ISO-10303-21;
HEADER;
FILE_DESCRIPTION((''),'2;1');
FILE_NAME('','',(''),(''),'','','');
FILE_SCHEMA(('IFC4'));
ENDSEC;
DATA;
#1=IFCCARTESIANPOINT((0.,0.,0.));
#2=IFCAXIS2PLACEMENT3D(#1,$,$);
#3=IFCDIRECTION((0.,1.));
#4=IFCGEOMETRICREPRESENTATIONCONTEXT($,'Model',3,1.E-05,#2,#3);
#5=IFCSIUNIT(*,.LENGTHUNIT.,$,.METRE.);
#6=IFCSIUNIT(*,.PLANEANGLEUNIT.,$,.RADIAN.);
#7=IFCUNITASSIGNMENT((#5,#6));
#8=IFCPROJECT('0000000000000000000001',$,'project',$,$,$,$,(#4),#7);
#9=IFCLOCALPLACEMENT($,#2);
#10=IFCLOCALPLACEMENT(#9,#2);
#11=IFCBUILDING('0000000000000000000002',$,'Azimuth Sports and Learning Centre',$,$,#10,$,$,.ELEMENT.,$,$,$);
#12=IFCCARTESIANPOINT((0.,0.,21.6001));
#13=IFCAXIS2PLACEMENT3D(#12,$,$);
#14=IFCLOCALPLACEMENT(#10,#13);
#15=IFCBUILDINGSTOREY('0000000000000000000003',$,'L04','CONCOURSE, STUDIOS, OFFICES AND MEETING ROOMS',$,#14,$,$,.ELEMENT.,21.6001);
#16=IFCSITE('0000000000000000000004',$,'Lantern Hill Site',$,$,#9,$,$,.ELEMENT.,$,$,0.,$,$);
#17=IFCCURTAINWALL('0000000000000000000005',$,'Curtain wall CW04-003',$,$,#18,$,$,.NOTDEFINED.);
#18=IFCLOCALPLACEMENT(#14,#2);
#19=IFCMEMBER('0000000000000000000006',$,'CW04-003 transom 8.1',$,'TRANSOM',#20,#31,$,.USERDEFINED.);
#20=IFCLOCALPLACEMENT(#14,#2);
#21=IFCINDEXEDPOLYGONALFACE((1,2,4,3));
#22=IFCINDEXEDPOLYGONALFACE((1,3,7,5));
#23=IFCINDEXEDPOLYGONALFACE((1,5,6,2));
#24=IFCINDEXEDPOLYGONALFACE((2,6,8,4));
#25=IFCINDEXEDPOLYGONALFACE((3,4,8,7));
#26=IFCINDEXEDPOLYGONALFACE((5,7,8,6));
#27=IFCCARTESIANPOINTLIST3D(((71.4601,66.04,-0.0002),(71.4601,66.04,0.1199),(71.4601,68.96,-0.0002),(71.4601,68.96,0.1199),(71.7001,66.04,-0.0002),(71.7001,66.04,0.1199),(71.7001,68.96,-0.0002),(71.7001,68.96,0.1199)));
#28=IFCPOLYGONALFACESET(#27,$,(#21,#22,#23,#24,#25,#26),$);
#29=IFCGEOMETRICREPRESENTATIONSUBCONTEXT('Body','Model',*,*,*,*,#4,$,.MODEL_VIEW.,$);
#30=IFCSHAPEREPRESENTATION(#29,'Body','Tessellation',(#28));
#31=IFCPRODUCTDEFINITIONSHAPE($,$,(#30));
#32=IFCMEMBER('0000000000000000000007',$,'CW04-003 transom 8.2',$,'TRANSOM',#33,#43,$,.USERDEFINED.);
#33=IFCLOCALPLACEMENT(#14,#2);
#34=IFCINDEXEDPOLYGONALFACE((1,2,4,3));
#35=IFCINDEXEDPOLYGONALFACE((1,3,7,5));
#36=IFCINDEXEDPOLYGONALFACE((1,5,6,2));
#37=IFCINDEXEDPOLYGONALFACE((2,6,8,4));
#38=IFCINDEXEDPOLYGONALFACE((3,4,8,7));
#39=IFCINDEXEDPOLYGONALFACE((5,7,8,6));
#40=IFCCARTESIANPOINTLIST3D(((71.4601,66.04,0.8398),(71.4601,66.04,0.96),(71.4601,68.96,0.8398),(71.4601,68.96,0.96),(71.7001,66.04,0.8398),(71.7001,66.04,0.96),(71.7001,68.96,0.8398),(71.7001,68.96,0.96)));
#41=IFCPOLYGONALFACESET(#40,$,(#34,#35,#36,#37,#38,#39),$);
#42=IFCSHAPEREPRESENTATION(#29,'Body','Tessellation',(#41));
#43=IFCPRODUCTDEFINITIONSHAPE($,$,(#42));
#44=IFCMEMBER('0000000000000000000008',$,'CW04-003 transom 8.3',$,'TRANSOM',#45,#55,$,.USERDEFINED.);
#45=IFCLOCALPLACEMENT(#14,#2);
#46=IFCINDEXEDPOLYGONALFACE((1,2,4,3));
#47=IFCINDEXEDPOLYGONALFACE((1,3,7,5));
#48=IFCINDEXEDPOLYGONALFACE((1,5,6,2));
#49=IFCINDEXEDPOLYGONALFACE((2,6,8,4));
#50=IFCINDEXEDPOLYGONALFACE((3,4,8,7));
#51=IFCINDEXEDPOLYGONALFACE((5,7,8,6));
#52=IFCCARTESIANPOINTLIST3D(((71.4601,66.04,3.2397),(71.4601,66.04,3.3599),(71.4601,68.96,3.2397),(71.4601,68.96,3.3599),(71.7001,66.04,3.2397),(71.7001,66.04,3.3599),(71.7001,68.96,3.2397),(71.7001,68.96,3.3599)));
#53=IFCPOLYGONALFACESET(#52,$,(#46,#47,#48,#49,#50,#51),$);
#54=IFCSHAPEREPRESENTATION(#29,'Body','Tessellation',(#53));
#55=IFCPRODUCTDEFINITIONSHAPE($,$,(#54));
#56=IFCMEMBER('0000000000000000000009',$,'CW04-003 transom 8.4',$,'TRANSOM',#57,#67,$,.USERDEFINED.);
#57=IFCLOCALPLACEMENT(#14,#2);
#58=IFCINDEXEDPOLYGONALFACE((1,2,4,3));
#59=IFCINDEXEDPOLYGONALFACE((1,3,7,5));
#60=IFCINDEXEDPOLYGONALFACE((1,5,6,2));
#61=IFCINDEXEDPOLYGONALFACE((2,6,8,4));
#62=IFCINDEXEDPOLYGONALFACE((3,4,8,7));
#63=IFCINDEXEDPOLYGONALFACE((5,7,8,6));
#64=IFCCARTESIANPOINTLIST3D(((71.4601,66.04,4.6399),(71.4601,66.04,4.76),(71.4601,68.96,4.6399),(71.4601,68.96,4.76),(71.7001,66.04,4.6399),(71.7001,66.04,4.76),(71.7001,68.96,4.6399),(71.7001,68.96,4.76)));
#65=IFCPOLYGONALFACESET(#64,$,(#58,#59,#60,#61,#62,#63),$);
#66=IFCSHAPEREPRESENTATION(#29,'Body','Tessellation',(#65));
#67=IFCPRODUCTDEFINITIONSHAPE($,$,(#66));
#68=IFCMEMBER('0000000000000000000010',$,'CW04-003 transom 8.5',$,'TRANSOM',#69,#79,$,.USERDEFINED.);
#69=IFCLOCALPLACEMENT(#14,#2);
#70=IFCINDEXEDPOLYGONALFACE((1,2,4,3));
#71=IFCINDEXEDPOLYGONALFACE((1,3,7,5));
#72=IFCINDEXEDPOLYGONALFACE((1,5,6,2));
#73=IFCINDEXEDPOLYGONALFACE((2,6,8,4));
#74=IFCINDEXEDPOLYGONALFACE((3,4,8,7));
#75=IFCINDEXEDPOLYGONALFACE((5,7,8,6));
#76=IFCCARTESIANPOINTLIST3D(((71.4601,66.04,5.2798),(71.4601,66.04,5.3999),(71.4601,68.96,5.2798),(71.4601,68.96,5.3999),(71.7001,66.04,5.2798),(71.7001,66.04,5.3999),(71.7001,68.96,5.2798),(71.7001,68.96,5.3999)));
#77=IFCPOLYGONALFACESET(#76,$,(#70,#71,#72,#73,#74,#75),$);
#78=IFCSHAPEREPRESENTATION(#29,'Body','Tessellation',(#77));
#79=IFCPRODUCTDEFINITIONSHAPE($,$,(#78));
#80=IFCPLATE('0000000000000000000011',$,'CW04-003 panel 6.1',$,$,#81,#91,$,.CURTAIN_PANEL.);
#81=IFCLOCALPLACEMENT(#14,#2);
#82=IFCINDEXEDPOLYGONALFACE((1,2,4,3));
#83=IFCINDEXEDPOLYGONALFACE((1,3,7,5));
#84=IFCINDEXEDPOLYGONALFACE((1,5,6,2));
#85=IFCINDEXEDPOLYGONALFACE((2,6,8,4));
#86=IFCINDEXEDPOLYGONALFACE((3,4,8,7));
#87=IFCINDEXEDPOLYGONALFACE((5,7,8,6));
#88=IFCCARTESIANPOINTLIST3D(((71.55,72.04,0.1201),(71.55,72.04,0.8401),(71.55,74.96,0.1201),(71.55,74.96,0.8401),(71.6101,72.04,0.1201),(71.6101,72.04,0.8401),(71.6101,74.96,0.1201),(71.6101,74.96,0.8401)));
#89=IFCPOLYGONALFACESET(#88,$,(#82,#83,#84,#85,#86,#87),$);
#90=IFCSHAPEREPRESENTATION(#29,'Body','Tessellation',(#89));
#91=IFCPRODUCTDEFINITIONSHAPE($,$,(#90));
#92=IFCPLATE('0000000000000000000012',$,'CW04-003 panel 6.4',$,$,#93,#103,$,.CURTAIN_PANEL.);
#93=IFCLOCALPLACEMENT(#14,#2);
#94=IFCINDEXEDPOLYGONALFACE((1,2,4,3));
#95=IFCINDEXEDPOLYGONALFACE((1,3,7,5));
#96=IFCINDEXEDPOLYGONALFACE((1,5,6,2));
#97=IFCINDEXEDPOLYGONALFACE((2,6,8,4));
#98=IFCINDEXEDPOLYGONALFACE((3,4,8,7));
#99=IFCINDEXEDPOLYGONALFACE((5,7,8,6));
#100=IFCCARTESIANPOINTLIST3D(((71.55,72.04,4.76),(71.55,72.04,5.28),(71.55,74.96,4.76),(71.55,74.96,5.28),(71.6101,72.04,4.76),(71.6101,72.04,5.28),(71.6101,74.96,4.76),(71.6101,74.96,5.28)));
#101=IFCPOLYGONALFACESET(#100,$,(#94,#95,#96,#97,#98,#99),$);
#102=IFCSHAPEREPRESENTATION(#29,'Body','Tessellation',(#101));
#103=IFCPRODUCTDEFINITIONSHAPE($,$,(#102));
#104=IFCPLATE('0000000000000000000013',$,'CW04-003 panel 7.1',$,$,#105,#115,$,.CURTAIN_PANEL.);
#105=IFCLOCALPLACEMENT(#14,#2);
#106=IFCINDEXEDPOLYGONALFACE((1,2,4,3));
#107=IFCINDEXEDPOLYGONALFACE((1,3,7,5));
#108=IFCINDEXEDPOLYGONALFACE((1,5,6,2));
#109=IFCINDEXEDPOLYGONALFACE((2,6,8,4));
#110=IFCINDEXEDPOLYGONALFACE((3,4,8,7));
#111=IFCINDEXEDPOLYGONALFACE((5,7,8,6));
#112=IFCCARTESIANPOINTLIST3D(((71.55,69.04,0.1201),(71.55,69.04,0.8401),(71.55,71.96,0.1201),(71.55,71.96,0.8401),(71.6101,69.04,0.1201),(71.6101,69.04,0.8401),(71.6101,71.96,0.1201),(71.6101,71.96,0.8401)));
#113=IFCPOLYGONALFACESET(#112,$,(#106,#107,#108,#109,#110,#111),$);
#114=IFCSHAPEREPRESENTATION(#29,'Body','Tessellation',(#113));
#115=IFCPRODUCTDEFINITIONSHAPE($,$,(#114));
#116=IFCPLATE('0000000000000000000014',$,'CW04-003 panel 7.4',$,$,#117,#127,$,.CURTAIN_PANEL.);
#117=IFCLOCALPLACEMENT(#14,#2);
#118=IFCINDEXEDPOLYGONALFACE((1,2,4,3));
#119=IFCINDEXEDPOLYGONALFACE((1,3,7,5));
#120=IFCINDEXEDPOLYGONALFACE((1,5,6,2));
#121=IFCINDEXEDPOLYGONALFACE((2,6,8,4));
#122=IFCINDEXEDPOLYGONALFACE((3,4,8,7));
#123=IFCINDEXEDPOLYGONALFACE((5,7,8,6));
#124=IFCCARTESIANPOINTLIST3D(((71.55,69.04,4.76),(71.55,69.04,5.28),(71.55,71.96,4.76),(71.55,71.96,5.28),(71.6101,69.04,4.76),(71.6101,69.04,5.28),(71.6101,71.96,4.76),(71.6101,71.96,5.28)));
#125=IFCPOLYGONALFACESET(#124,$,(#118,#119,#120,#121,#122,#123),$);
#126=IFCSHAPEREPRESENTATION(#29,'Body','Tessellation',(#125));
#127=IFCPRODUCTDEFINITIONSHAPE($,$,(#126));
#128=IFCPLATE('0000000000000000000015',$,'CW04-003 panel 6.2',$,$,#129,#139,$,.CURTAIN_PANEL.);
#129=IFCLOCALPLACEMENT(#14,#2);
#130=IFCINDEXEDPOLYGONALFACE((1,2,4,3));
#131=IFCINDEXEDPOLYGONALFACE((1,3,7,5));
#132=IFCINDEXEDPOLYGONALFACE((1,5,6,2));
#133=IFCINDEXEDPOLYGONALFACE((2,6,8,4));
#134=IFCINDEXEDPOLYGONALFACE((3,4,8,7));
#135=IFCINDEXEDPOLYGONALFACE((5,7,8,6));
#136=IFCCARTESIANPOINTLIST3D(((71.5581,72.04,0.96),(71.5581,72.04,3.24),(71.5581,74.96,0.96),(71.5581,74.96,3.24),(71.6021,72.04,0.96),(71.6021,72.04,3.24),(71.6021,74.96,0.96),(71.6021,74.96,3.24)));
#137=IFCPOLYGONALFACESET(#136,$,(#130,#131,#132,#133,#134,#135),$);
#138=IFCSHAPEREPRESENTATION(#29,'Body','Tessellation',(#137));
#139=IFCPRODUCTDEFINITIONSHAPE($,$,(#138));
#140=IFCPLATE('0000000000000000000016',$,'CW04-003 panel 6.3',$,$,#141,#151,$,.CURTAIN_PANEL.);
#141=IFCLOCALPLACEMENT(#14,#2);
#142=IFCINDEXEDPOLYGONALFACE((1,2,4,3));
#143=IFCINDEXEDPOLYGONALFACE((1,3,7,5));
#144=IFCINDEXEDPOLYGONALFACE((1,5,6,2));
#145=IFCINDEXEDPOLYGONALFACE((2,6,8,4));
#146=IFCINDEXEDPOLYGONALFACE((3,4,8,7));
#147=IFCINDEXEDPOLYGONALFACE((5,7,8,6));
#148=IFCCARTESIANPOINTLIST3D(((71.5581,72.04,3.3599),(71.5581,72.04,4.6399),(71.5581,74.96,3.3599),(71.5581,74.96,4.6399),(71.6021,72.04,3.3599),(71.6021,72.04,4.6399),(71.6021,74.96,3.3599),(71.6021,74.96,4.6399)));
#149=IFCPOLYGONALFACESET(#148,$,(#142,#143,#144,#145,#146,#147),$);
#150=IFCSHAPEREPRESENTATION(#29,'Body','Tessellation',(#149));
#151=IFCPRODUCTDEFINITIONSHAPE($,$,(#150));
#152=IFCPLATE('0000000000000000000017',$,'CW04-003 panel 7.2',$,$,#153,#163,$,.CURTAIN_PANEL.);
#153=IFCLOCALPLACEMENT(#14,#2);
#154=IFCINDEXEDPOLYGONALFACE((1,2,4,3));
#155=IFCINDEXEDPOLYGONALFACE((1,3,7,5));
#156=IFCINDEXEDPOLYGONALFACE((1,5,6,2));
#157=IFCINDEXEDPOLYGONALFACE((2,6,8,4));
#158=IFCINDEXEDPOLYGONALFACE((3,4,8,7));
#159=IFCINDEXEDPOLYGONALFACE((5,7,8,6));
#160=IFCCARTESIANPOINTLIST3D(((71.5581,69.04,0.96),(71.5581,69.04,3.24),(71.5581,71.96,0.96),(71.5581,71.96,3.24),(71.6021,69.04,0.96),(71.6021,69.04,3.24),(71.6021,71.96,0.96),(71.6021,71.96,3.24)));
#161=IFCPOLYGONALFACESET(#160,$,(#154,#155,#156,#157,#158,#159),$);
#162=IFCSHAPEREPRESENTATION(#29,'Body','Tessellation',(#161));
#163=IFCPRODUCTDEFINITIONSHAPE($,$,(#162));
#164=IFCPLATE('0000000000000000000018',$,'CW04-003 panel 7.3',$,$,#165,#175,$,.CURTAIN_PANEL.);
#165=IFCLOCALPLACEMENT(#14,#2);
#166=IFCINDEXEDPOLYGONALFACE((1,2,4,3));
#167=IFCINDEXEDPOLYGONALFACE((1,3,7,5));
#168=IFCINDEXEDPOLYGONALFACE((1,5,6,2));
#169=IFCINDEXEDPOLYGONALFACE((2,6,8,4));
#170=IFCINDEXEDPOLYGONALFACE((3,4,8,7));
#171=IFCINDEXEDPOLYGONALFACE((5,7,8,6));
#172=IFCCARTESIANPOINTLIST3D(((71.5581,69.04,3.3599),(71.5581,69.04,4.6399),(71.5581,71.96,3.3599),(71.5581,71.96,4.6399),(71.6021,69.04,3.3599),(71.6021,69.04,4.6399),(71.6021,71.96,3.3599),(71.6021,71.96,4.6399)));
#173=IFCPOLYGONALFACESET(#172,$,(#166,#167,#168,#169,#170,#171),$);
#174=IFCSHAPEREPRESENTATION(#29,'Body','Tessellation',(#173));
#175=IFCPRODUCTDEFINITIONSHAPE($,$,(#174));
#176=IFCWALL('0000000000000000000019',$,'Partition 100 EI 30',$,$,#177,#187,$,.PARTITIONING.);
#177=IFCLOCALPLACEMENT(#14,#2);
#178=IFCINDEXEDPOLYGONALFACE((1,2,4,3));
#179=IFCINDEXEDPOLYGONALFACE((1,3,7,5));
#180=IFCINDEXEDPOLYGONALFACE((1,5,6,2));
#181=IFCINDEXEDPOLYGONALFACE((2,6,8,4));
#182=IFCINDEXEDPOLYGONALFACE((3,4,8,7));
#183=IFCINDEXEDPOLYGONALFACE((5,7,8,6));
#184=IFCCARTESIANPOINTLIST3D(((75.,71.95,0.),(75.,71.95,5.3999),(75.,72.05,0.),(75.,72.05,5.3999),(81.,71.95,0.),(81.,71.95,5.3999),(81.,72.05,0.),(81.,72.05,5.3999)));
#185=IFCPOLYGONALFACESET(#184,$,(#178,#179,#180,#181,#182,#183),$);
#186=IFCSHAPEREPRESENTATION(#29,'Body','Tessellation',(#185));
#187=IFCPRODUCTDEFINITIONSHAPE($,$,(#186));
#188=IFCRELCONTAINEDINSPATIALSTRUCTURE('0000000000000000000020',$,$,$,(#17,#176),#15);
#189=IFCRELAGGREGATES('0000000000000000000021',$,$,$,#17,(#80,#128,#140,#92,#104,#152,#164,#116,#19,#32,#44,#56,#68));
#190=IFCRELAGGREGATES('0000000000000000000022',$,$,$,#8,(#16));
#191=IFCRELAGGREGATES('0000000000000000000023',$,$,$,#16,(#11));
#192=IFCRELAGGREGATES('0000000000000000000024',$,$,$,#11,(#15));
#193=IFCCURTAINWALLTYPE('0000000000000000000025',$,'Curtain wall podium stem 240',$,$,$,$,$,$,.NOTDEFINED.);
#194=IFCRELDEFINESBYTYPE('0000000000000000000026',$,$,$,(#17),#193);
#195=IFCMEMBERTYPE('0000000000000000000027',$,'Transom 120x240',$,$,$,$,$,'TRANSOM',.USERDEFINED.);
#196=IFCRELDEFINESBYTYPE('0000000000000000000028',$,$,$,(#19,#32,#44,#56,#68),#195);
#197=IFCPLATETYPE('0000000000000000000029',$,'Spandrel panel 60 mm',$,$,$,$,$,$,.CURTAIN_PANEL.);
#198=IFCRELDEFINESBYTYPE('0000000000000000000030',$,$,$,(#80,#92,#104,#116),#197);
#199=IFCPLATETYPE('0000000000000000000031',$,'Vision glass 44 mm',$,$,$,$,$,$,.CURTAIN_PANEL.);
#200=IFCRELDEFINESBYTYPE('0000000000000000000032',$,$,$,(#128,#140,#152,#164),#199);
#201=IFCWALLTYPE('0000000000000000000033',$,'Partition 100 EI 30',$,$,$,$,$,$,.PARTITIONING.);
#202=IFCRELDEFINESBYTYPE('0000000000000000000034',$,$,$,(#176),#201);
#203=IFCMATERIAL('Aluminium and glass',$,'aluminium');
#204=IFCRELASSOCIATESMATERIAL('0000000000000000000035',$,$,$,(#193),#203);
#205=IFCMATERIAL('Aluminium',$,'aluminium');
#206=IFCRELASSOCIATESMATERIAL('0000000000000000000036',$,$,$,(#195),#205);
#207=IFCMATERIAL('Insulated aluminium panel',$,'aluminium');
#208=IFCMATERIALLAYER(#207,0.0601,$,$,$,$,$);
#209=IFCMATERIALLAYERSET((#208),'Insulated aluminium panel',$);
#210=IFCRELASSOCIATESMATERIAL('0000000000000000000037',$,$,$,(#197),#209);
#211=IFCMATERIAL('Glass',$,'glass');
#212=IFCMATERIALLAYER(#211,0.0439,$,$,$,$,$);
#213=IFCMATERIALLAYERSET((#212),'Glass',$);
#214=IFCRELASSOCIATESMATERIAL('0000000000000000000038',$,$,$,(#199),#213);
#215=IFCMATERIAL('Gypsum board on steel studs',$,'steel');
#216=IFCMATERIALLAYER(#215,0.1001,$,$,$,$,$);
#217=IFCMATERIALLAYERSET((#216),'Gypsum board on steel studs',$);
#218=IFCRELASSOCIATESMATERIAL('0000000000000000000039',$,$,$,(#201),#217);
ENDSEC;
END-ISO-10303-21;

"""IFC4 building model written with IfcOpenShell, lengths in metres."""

from ifc_helpers import new_model, si_unit, direction, frame, frame_2d, origin, origin_2d, place, context, subcontext, project, spatial, rectangle, extrude, material, layer, layer_set, material_profile, profile_set, type_object, element, aggregate, save


model = new_model("IFC4")

# Units and contexts
model_context = context("Model", 3, precision=1e-05, world=origin(), true_north=direction((0.0, 1.0)))
body_context = subcontext(model_context, "Body", "Model", "MODEL_VIEW")
ifc_project = project(units=[si_unit("LENGTHUNIT", "METRE"), si_unit("PLANEANGLEUNIT", "RADIAN")], contexts=[model_context])

# Site, building, storey
site_placement = place(None, origin())
site = spatial("IfcSite", under=ifc_project, at=site_placement, Name="Lantern Hill Site", CompositionType="ELEMENT", RefElevation=0.0)
building_placement = place(site_placement, origin())
building = spatial("IfcBuilding", under=site, at=building_placement, Name="Azimuth Sports and Learning Centre", CompositionType="ELEMENT")
storey_placement = place(building_placement, frame((0.0, 0.0, 21.6001)))
storey = spatial("IfcBuildingStorey", under=building, at=storey_placement, Name="L04", Description="CONCOURSE, STUDIOS, OFFICES AND MEETING ROOMS", CompositionType="ELEMENT", Elevation=21.6001)

# Curtain wall, members, plates
ifc_material_1 = material(Name="Aluminium and glass", Category="aluminium")
curtain_wall_type = type_object("IfcCurtainWallType", Name="Curtain wall podium stem 240", PredefinedType="NOTDEFINED", material=ifc_material_1)
curtain_wall_placement = place(storey_placement, origin())
curtain_wall = element("IfcCurtainWall", 1, at=curtain_wall_placement, inside=storey, type_object=curtain_wall_type, Name="Curtain wall CW04-003", PredefinedType="NOTDEFINED")
ifc_material_2 = material(Name="Aluminium", Category="aluminium")
ifc_material_profile_1 = material_profile(ifc_material_2, rectangle(XDim=0.24, YDim=0.1201, at=origin_2d()), Name="Transom 120x240")
ifc_profile_set_1 = profile_set([ifc_material_profile_1], Name="Aluminium")
member_type_1 = type_object("IfcMemberType", Name="Transom 120x240", ElementType="TRANSOM", PredefinedType="USERDEFINED", material=ifc_profile_set_1)
member_1_placement = place(storey_placement, frame((71.5801, 68.96, 0.0598), z_axis=(0.0, -1.0, 0.0), x_axis=(1.0, 0.0, 0.0)))
member_1 = element("IfcMember", 2, at=member_1_placement, type_object=member_type_1, Name="CW04-003 transom 8.1", ObjectType="TRANSOM", PredefinedType="USERDEFINED", context=body_context, shape_type="SweptSolid", body=[
    extrude(rectangle(XDim=0.24, YDim=0.1201, at=origin_2d()), origin(), (0.0, 0.0, 1.0), 2.9199),
])
member_2_placement = place(storey_placement, frame((71.5801, 68.96, 0.8999), z_axis=(0.0, -1.0, 0.0), x_axis=(1.0, 0.0, 0.0)))
member_2 = element("IfcMember", 3, at=member_2_placement, type_object=member_type_1, Name="CW04-003 transom 8.2", ObjectType="TRANSOM", PredefinedType="USERDEFINED", context=body_context, shape_type="SweptSolid", body=[
    extrude(rectangle(XDim=0.24, YDim=0.1201, at=origin_2d()), origin(), (0.0, 0.0, 1.0), 2.9199),
])
member_3_placement = place(storey_placement, frame((71.5801, 68.96, 3.2998), z_axis=(0.0, -1.0, 0.0), x_axis=(1.0, 0.0, 0.0)))
member_3 = element("IfcMember", 4, at=member_3_placement, type_object=member_type_1, Name="CW04-003 transom 8.3", ObjectType="TRANSOM", PredefinedType="USERDEFINED", context=body_context, shape_type="SweptSolid", body=[
    extrude(rectangle(XDim=0.24, YDim=0.1201, at=origin_2d()), origin(), (0.0, 0.0, 1.0), 2.9199),
])
member_4_placement = place(storey_placement, frame((71.5801, 68.96, 4.7), z_axis=(0.0, -1.0, 0.0), x_axis=(1.0, 0.0, 0.0)))
member_4 = element("IfcMember", 5, at=member_4_placement, type_object=member_type_1, Name="CW04-003 transom 8.4", ObjectType="TRANSOM", PredefinedType="USERDEFINED", context=body_context, shape_type="SweptSolid", body=[
    extrude(rectangle(XDim=0.24, YDim=0.1201, at=origin_2d()), origin(), (0.0, 0.0, 1.0), 2.9199),
])
member_5_placement = place(storey_placement, frame((71.5801, 68.96, 5.3398), z_axis=(0.0, -1.0, 0.0), x_axis=(1.0, 0.0, 0.0)))
member_5 = element("IfcMember", 6, at=member_5_placement, type_object=member_type_1, Name="CW04-003 transom 8.5", ObjectType="TRANSOM", PredefinedType="USERDEFINED", context=body_context, shape_type="SweptSolid", body=[
    extrude(rectangle(XDim=0.24, YDim=0.1201, at=origin_2d()), origin(), (0.0, 0.0, 1.0), 2.9199),
])
ifc_material_3 = material(Name="Insulated aluminium panel", Category="aluminium")
ifc_layer_1 = layer(ifc_material_3, 0.0601)
ifc_layer_set_1 = layer_set([ifc_layer_1], Name="Insulated aluminium panel")
plate_type_1 = type_object("IfcPlateType", Name="Spandrel panel 60 mm", PredefinedType="CURTAIN_PANEL", material=ifc_layer_set_1)
plate_1_placement = place(storey_placement, frame((71.5801, 73.5, 0.1201), z_axis=(0.0, 0.0, 1.0), x_axis=(0.0, -1.0, 0.0)))
plate_1 = element("IfcPlate", 7, at=plate_1_placement, type_object=plate_type_1, Name="CW04-003 panel 6.1", PredefinedType="CURTAIN_PANEL", context=body_context, shape_type="SweptSolid", body=[
    extrude(rectangle(XDim=2.9199, YDim=0.0601, at=origin_2d()), origin(), (0.0, 0.0, 1.0), 0.72),
])
plate_2_placement = place(storey_placement, frame((71.5801, 73.5, 4.76), z_axis=(0.0, 0.0, 1.0), x_axis=(0.0, -1.0, 0.0)))
plate_2 = element("IfcPlate", 8, at=plate_2_placement, type_object=plate_type_1, Name="CW04-003 panel 6.4", PredefinedType="CURTAIN_PANEL", context=body_context, shape_type="SweptSolid", body=[
    extrude(rectangle(XDim=2.9199, YDim=0.0601, at=origin_2d()), origin(), (0.0, 0.0, 1.0), 0.52),
])
plate_3_placement = place(storey_placement, frame((71.5801, 70.5, 0.1201), z_axis=(0.0, 0.0, 1.0), x_axis=(0.0, -1.0, 0.0)))
plate_3 = element("IfcPlate", 9, at=plate_3_placement, type_object=plate_type_1, Name="CW04-003 panel 7.1", PredefinedType="CURTAIN_PANEL", context=body_context, shape_type="SweptSolid", body=[
    extrude(rectangle(XDim=2.9199, YDim=0.0601, at=origin_2d()), origin(), (0.0, 0.0, 1.0), 0.72),
])
plate_4_placement = place(storey_placement, frame((71.5801, 70.5, 4.76), z_axis=(0.0, 0.0, 1.0), x_axis=(0.0, -1.0, 0.0)))
plate_4 = element("IfcPlate", 10, at=plate_4_placement, type_object=plate_type_1, Name="CW04-003 panel 7.4", PredefinedType="CURTAIN_PANEL", context=body_context, shape_type="SweptSolid", body=[
    extrude(rectangle(XDim=2.9199, YDim=0.0601, at=origin_2d()), origin(), (0.0, 0.0, 1.0), 0.52),
])
ifc_material_4 = material(Name="Glass", Category="glass")
ifc_layer_2 = layer(ifc_material_4, 0.0439)
ifc_layer_set_2 = layer_set([ifc_layer_2], Name="Glass")
plate_type_2 = type_object("IfcPlateType", Name="Vision glass 44 mm", PredefinedType="CURTAIN_PANEL", material=ifc_layer_set_2)
plate_5_placement = place(storey_placement, frame((71.5801, 73.5, 0.96), z_axis=(0.0, 0.0, 1.0), x_axis=(0.0, -1.0, 0.0)))
plate_5 = element("IfcPlate", 11, at=plate_5_placement, type_object=plate_type_2, Name="CW04-003 panel 6.2", PredefinedType="CURTAIN_PANEL", context=body_context, shape_type="SweptSolid", body=[
    extrude(rectangle(XDim=2.9199, YDim=0.0439, at=origin_2d()), origin(), (0.0, 0.0, 1.0), 2.28),
])
plate_6_placement = place(storey_placement, frame((71.5801, 73.5, 3.3599), z_axis=(0.0, 0.0, 1.0), x_axis=(0.0, -1.0, 0.0)))
plate_6 = element("IfcPlate", 12, at=plate_6_placement, type_object=plate_type_2, Name="CW04-003 panel 6.3", PredefinedType="CURTAIN_PANEL", context=body_context, shape_type="SweptSolid", body=[
    extrude(rectangle(XDim=2.9199, YDim=0.0439, at=origin_2d()), origin(), (0.0, 0.0, 1.0), 1.28),
])
plate_7_placement = place(storey_placement, frame((71.5801, 70.5, 0.96), z_axis=(0.0, 0.0, 1.0), x_axis=(0.0, -1.0, 0.0)))
plate_7 = element("IfcPlate", 13, at=plate_7_placement, type_object=plate_type_2, Name="CW04-003 panel 7.2", PredefinedType="CURTAIN_PANEL", context=body_context, shape_type="SweptSolid", body=[
    extrude(rectangle(XDim=2.9199, YDim=0.0439, at=origin_2d()), origin(), (0.0, 0.0, 1.0), 2.28),
])
plate_8_placement = place(storey_placement, frame((71.5801, 70.5, 3.3599), z_axis=(0.0, 0.0, 1.0), x_axis=(0.0, -1.0, 0.0)))
plate_8 = element("IfcPlate", 14, at=plate_8_placement, type_object=plate_type_2, Name="CW04-003 panel 7.3", PredefinedType="CURTAIN_PANEL", context=body_context, shape_type="SweptSolid", body=[
    extrude(rectangle(XDim=2.9199, YDim=0.0439, at=origin_2d()), origin(), (0.0, 0.0, 1.0), 1.28),
])
aggregate(curtain_wall, [plate_1, plate_5, plate_6, plate_2, plate_3, plate_7, plate_8, plate_4, member_1, member_2, member_3, member_4, member_5])

# Wall
ifc_material_5 = material(Name="Gypsum board on steel studs", Category="steel")
ifc_layer_3 = layer(ifc_material_5, 0.1001)
ifc_layer_set_3 = layer_set([ifc_layer_3], Name="Gypsum board on steel studs")
wall_type_1 = type_object("IfcWallType", Name="Partition 100 EI 30", PredefinedType="PARTITIONING", material=ifc_layer_set_3)
wall_1_placement = place(storey_placement, frame((75.0, 72.0, 0.0), z_axis=(0.0, 0.0, 1.0), x_axis=(1.0, 0.0, 0.0)))
element("IfcWall", 15, at=wall_1_placement, inside=storey, type_object=wall_type_1, Name="Partition 100 EI 30", PredefinedType="PARTITIONING", context=body_context, shape_type="SweptSolid", body=[
    extrude(rectangle(XDim=6.0, YDim=0.1001, at=frame_2d((3.0, 0.0))), origin(), (0.0, 0.0, 1.0), 5.3999),
])

save(model, "model.ifc")
